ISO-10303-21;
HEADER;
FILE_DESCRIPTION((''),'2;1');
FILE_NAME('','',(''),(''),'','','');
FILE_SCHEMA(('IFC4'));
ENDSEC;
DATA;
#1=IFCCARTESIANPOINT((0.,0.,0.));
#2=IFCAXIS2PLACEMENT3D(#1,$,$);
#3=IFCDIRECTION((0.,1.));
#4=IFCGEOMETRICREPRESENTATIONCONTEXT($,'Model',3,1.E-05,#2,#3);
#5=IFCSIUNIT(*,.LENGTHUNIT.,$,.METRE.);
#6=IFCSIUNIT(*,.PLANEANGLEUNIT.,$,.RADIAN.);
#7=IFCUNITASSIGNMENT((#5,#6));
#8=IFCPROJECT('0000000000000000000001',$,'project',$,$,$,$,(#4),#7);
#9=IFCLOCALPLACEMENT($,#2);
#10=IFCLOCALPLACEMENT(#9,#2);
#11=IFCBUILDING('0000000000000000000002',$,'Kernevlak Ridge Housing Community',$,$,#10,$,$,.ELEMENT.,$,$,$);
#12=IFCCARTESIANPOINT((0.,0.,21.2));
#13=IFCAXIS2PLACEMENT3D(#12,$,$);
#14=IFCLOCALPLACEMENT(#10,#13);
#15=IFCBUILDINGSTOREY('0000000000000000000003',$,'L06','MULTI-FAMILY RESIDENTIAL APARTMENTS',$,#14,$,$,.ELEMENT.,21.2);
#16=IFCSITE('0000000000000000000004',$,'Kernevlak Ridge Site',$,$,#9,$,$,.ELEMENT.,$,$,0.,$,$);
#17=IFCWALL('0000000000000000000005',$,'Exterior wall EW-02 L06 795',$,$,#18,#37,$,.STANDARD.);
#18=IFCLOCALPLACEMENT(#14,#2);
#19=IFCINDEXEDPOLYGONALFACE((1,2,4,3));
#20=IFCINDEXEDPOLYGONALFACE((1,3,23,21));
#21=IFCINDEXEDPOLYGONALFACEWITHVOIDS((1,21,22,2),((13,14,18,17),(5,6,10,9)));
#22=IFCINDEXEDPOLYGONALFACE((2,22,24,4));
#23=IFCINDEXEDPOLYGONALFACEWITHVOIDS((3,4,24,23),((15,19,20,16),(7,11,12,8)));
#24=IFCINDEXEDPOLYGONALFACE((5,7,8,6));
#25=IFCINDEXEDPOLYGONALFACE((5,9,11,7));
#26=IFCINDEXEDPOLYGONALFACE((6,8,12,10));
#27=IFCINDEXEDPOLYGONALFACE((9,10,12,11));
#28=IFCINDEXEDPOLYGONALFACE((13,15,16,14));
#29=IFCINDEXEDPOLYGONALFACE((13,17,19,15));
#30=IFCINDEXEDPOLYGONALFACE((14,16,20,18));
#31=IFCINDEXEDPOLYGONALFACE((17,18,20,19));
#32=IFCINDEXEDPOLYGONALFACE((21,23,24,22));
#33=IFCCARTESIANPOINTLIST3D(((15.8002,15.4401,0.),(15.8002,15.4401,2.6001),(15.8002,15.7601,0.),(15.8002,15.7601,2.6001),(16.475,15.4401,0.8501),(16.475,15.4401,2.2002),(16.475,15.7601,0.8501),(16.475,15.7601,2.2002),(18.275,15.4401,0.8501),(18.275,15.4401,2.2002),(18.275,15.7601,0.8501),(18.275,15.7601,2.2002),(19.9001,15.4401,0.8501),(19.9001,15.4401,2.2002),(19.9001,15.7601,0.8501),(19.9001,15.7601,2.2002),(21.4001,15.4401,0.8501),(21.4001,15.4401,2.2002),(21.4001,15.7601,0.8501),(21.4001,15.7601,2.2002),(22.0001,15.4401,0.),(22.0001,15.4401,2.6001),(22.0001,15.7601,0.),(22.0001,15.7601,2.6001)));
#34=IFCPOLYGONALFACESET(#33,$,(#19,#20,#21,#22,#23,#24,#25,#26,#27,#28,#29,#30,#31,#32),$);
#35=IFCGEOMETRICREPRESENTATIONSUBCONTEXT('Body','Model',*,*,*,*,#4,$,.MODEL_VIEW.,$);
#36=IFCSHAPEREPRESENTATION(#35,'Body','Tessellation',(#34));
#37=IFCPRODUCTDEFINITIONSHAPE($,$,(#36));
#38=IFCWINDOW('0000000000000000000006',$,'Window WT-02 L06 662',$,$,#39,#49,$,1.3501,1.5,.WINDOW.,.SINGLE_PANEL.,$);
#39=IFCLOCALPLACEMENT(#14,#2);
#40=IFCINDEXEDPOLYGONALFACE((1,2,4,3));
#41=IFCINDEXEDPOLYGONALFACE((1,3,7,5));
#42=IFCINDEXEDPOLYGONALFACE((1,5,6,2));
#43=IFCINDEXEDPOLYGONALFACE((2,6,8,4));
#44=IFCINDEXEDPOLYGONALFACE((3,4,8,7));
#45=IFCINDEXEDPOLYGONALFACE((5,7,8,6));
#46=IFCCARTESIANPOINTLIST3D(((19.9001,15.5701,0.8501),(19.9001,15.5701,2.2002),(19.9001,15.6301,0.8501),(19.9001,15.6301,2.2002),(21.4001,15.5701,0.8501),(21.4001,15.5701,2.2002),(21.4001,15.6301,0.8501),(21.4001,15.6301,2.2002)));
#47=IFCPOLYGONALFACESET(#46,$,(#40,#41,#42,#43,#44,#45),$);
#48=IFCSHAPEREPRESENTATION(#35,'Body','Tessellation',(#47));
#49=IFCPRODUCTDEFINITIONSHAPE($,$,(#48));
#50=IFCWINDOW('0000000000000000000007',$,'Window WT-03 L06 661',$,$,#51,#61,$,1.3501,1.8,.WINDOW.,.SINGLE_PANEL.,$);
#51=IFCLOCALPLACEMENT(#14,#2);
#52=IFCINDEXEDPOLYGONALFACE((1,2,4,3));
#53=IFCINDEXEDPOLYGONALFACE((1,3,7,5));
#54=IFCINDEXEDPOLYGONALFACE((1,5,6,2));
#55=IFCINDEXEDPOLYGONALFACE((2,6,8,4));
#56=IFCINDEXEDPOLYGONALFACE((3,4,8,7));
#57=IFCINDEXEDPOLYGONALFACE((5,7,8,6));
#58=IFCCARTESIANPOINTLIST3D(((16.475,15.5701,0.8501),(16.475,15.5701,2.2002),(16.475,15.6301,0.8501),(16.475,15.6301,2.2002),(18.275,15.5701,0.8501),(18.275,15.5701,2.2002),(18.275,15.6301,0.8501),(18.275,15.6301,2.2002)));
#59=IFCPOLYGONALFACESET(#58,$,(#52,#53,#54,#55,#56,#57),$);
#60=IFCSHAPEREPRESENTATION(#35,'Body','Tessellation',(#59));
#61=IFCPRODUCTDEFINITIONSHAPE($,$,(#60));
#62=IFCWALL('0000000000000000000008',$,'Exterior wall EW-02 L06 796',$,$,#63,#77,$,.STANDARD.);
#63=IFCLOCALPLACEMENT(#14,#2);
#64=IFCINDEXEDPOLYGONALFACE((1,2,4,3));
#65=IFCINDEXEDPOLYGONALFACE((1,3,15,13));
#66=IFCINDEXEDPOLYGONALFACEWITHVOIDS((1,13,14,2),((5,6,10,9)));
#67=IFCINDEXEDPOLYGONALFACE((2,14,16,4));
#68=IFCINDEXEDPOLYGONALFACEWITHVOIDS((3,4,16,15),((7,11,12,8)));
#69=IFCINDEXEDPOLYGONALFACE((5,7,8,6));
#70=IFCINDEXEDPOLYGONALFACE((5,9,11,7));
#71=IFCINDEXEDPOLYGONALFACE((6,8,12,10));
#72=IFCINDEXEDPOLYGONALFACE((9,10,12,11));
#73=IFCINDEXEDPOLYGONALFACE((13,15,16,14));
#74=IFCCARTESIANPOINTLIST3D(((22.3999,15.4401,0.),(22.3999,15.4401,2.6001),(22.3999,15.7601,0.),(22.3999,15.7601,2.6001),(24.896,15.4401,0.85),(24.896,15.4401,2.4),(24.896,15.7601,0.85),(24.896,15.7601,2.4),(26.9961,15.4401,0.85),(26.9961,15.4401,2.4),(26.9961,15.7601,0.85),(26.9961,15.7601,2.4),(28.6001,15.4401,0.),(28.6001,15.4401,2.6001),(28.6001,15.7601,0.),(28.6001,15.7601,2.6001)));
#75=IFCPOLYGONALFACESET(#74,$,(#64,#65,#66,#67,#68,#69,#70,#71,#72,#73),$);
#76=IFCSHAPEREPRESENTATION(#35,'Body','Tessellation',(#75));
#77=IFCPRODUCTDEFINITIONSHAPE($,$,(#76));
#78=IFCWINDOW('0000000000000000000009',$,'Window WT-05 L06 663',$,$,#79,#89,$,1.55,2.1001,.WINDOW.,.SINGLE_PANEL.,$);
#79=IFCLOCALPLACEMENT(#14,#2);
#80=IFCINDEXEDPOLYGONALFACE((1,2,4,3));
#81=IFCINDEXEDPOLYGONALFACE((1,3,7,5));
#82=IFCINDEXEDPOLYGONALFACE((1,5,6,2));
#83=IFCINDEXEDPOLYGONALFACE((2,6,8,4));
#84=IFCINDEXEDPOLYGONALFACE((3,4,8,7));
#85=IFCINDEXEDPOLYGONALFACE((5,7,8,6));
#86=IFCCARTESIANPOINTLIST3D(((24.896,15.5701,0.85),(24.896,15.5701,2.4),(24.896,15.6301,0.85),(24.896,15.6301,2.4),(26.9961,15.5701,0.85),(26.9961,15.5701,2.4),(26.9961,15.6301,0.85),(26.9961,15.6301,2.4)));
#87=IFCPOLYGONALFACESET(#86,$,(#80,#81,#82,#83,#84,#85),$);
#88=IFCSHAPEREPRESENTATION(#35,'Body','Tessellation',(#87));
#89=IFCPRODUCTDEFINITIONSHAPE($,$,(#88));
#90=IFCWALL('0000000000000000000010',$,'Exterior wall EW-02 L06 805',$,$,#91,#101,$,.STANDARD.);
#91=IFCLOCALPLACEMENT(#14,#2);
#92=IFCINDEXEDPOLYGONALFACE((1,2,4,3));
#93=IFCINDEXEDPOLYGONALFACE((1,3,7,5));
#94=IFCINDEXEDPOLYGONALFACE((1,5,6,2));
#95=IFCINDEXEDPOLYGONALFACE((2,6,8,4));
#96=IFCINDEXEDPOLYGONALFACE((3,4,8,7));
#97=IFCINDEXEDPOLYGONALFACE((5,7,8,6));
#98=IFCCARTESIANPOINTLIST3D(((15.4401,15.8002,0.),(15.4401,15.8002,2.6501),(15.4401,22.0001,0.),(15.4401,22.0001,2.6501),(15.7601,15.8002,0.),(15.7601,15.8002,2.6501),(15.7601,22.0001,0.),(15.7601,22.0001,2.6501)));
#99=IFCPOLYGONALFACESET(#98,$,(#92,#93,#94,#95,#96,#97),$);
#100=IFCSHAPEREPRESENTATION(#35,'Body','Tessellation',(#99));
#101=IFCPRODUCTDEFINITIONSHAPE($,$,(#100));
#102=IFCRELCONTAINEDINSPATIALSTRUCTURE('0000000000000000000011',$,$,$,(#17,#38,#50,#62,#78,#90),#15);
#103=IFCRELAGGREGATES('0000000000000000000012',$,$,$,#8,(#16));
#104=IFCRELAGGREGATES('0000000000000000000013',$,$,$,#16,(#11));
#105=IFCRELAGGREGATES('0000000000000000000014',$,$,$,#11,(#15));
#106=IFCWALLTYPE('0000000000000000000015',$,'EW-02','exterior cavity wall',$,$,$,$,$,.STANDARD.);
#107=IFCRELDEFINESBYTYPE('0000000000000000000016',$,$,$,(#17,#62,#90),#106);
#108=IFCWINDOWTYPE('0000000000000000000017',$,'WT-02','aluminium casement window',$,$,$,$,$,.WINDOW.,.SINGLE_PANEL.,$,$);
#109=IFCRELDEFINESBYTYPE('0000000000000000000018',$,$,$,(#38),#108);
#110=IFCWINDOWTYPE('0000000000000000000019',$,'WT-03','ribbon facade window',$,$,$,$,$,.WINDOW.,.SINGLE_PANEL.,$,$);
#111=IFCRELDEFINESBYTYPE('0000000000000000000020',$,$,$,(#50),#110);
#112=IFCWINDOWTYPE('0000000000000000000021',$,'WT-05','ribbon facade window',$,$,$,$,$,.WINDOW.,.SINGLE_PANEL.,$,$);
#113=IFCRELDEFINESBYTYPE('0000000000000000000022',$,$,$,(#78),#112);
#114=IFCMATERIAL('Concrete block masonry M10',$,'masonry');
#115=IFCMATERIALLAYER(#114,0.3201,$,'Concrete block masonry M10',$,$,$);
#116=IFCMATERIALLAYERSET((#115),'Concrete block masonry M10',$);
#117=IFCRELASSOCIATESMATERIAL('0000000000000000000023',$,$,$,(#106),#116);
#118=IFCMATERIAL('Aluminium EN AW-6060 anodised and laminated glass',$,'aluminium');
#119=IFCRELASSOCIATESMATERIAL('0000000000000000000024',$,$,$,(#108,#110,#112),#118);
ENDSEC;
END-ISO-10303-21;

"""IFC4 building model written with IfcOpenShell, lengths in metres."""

from ifc_helpers import new_model, si_unit, direction, frame, frame_2d, origin, place, context, subcontext, project, spatial, rectangle, extrude, material, layer, layer_set, type_object, element, fill, save


model = new_model("IFC4")

# Units and contexts
model_context = context("Model", 3, precision=1e-05, world=origin(), true_north=direction((0.0, 1.0)))
body_context = subcontext(model_context, "Body", "Model", "MODEL_VIEW")
ifc_project = project(units=[si_unit("LENGTHUNIT", "METRE"), si_unit("PLANEANGLEUNIT", "RADIAN")], contexts=[model_context])

# Site, building, storey
site_placement = place(None, origin())
site = spatial("IfcSite", under=ifc_project, at=site_placement, Name="Kernevlak Ridge Site", CompositionType="ELEMENT", RefElevation=0.0)
building_placement = place(site_placement, origin())
building = spatial("IfcBuilding", under=site, at=building_placement, Name="Kernevlak Ridge Housing Community", CompositionType="ELEMENT")
storey_placement = place(building_placement, frame((0.0, 0.0, 21.2)))
storey = spatial("IfcBuildingStorey", under=building, at=storey_placement, Name="L06", Description="MULTI-FAMILY RESIDENTIAL APARTMENTS", CompositionType="ELEMENT", Elevation=21.2)

# Wall, openings, windows
ifc_material_1 = material(Name="Concrete block masonry M10", Category="masonry")
ifc_layer_1 = layer(ifc_material_1, 0.3201, Name="Concrete block masonry M10")
ifc_layer_set_1 = layer_set([ifc_layer_1], Name="Concrete block masonry M10")
wall_type = type_object("IfcWallType", Name="EW-02", Description="exterior cavity wall", PredefinedType="STANDARD", material=ifc_layer_set_1)
wall_1_placement = place(storey_placement, frame((15.8, 15.6001, 0.0), z_axis=(0.0, 0.0, 1.0), x_axis=(1.0, 0.0, 0.0)))
wall_1 = element("IfcWall", 1, at=wall_1_placement, inside=storey, type_object=wall_type, Name="Exterior wall EW-02 L06 795", PredefinedType="STANDARD", context=body_context, shape_type="SweptSolid", body=[
    extrude(rectangle(XDim=6.2, YDim=0.3201, at=frame_2d((3.1001, 0.0))), origin(), (0.0, 0.0, 1.0), 2.6001),
])
opening_1_placement = place(wall_1_placement, frame((0.675, 0.0, 0.8501)))
opening_1 = element("IfcOpeningElement", 2, at=opening_1_placement, cuts=wall_1, PredefinedType="OPENING", context=body_context, shape_type="SweptSolid", body=[
    extrude(rectangle(XDim=1.8, YDim=1.3501, at=frame_2d((0.8999, 0.675))), frame((0.0, 0.1699, 0.0), z_axis=(0.0, -1.0, 0.0), x_axis=(1.0, 0.0, 0.0)), (0.0, 0.0, 1.0), 0.3401),
])
opening_2_placement = place(wall_1_placement, frame((4.1001, 0.0, 0.8501)))
opening_2 = element("IfcOpeningElement", 3, at=opening_2_placement, cuts=wall_1, PredefinedType="OPENING", context=body_context, shape_type="SweptSolid", body=[
    extrude(rectangle(XDim=1.5, YDim=1.3501, at=frame_2d((0.75, 0.675))), frame((0.0, 0.1699, 0.0), z_axis=(0.0, -1.0, 0.0), x_axis=(1.0, 0.0, 0.0)), (0.0, 0.0, 1.0), 0.3401),
])
ifc_material_2 = material(Name="Aluminium EN AW-6060 anodised and laminated glass", Category="aluminium")
window_type_1 = type_object("IfcWindowType", Name="WT-02", Description="aluminium casement window", PartitioningType="SINGLE_PANEL", PredefinedType="WINDOW", material=ifc_material_2)
window_1_placement = place(opening_2_placement, origin())
window_1 = element("IfcWindow", 4, at=window_1_placement, inside=storey, type_object=window_type_1, Name="Window WT-02 L06 662", OverallHeight=1.3501, OverallWidth=1.5, PartitioningType="SINGLE_PANEL", PredefinedType="WINDOW", context=body_context, shape_type="SweptSolid", body=[
    extrude(rectangle(XDim=1.5, YDim=1.3501, at=frame_2d((0.75, 0.675))), frame((0.0, 0.03, 0.0), z_axis=(0.0, -1.0, 0.0), x_axis=(1.0, 0.0, 0.0)), (0.0, 0.0, 1.0), 0.0601),
])
fill(opening_2, window_1)
window_type_2 = type_object("IfcWindowType", Name="WT-03", Description="ribbon facade window", PartitioningType="SINGLE_PANEL", PredefinedType="WINDOW", material=ifc_material_2)
window_2_placement = place(opening_1_placement, origin())
window_2 = element("IfcWindow", 5, at=window_2_placement, inside=storey, type_object=window_type_2, Name="Window WT-03 L06 661", OverallHeight=1.3501, OverallWidth=1.8, PartitioningType="SINGLE_PANEL", PredefinedType="WINDOW", context=body_context, shape_type="SweptSolid", body=[
    extrude(rectangle(XDim=1.8, YDim=1.3501, at=frame_2d((0.8999, 0.675))), frame((0.0, 0.03, 0.0), z_axis=(0.0, -1.0, 0.0), x_axis=(1.0, 0.0, 0.0)), (0.0, 0.0, 1.0), 0.0601),
])
fill(opening_1, window_2)

# Wall, opening, window
wall_2_placement = place(storey_placement, frame((22.3999, 15.6001, 0.0), z_axis=(0.0, 0.0, 1.0), x_axis=(1.0, 0.0, 0.0)))
wall_2 = element("IfcWall", 6, at=wall_2_placement, inside=storey, type_object=wall_type, Name="Exterior wall EW-02 L06 796", PredefinedType="STANDARD", context=body_context, shape_type="SweptSolid", body=[
    extrude(rectangle(XDim=6.2002, YDim=0.3201, at=frame_2d((3.1001, 0.0))), origin(), (0.0, 0.0, 1.0), 2.6001),
])
opening_3_placement = place(wall_2_placement, frame((2.4961, 0.0, 0.8501)))
opening_3 = element("IfcOpeningElement", 7, at=opening_3_placement, cuts=wall_2, PredefinedType="OPENING", context=body_context, shape_type="SweptSolid", body=[
    extrude(rectangle(XDim=2.1001, YDim=1.55, at=frame_2d((1.05, 0.7749))), frame((0.0, 0.1699, 0.0), z_axis=(0.0, -1.0, 0.0), x_axis=(1.0, 0.0, 0.0)), (0.0, 0.0, 1.0), 0.3401),
])
window_type_3 = type_object("IfcWindowType", Name="WT-05", Description="ribbon facade window", PartitioningType="SINGLE_PANEL", PredefinedType="WINDOW", material=ifc_material_2)
window_3_placement = place(opening_3_placement, origin())
window_3 = element("IfcWindow", 8, at=window_3_placement, inside=storey, type_object=window_type_3, Name="Window WT-05 L06 663", OverallHeight=1.55, OverallWidth=2.1001, PartitioningType="SINGLE_PANEL", PredefinedType="WINDOW", context=body_context, shape_type="SweptSolid", body=[
    extrude(rectangle(XDim=2.1001, YDim=1.55, at=frame_2d((1.05, 0.7749))), frame((0.0, 0.03, 0.0), z_axis=(0.0, -1.0, 0.0), x_axis=(1.0, 0.0, 0.0)), (0.0, 0.0, 1.0), 0.0601),
])
fill(opening_3, window_3)

# Wall
wall_3_placement = place(storey_placement, frame((15.6001, 15.8, 0.0), z_axis=(0.0, 0.0, 1.0), x_axis=(0.0, 1.0, 0.0)))
element("IfcWall", 9, at=wall_3_placement, inside=storey, type_object=wall_type, Name="Exterior wall EW-02 L06 805", PredefinedType="STANDARD", context=body_context, shape_type="SweptSolid", body=[
    extrude(rectangle(XDim=6.2, YDim=0.3201, at=frame_2d((3.1001, 0.0))), origin(), (0.0, 0.0, 1.0), 2.6501),
])

save(model, "model.ifc")
